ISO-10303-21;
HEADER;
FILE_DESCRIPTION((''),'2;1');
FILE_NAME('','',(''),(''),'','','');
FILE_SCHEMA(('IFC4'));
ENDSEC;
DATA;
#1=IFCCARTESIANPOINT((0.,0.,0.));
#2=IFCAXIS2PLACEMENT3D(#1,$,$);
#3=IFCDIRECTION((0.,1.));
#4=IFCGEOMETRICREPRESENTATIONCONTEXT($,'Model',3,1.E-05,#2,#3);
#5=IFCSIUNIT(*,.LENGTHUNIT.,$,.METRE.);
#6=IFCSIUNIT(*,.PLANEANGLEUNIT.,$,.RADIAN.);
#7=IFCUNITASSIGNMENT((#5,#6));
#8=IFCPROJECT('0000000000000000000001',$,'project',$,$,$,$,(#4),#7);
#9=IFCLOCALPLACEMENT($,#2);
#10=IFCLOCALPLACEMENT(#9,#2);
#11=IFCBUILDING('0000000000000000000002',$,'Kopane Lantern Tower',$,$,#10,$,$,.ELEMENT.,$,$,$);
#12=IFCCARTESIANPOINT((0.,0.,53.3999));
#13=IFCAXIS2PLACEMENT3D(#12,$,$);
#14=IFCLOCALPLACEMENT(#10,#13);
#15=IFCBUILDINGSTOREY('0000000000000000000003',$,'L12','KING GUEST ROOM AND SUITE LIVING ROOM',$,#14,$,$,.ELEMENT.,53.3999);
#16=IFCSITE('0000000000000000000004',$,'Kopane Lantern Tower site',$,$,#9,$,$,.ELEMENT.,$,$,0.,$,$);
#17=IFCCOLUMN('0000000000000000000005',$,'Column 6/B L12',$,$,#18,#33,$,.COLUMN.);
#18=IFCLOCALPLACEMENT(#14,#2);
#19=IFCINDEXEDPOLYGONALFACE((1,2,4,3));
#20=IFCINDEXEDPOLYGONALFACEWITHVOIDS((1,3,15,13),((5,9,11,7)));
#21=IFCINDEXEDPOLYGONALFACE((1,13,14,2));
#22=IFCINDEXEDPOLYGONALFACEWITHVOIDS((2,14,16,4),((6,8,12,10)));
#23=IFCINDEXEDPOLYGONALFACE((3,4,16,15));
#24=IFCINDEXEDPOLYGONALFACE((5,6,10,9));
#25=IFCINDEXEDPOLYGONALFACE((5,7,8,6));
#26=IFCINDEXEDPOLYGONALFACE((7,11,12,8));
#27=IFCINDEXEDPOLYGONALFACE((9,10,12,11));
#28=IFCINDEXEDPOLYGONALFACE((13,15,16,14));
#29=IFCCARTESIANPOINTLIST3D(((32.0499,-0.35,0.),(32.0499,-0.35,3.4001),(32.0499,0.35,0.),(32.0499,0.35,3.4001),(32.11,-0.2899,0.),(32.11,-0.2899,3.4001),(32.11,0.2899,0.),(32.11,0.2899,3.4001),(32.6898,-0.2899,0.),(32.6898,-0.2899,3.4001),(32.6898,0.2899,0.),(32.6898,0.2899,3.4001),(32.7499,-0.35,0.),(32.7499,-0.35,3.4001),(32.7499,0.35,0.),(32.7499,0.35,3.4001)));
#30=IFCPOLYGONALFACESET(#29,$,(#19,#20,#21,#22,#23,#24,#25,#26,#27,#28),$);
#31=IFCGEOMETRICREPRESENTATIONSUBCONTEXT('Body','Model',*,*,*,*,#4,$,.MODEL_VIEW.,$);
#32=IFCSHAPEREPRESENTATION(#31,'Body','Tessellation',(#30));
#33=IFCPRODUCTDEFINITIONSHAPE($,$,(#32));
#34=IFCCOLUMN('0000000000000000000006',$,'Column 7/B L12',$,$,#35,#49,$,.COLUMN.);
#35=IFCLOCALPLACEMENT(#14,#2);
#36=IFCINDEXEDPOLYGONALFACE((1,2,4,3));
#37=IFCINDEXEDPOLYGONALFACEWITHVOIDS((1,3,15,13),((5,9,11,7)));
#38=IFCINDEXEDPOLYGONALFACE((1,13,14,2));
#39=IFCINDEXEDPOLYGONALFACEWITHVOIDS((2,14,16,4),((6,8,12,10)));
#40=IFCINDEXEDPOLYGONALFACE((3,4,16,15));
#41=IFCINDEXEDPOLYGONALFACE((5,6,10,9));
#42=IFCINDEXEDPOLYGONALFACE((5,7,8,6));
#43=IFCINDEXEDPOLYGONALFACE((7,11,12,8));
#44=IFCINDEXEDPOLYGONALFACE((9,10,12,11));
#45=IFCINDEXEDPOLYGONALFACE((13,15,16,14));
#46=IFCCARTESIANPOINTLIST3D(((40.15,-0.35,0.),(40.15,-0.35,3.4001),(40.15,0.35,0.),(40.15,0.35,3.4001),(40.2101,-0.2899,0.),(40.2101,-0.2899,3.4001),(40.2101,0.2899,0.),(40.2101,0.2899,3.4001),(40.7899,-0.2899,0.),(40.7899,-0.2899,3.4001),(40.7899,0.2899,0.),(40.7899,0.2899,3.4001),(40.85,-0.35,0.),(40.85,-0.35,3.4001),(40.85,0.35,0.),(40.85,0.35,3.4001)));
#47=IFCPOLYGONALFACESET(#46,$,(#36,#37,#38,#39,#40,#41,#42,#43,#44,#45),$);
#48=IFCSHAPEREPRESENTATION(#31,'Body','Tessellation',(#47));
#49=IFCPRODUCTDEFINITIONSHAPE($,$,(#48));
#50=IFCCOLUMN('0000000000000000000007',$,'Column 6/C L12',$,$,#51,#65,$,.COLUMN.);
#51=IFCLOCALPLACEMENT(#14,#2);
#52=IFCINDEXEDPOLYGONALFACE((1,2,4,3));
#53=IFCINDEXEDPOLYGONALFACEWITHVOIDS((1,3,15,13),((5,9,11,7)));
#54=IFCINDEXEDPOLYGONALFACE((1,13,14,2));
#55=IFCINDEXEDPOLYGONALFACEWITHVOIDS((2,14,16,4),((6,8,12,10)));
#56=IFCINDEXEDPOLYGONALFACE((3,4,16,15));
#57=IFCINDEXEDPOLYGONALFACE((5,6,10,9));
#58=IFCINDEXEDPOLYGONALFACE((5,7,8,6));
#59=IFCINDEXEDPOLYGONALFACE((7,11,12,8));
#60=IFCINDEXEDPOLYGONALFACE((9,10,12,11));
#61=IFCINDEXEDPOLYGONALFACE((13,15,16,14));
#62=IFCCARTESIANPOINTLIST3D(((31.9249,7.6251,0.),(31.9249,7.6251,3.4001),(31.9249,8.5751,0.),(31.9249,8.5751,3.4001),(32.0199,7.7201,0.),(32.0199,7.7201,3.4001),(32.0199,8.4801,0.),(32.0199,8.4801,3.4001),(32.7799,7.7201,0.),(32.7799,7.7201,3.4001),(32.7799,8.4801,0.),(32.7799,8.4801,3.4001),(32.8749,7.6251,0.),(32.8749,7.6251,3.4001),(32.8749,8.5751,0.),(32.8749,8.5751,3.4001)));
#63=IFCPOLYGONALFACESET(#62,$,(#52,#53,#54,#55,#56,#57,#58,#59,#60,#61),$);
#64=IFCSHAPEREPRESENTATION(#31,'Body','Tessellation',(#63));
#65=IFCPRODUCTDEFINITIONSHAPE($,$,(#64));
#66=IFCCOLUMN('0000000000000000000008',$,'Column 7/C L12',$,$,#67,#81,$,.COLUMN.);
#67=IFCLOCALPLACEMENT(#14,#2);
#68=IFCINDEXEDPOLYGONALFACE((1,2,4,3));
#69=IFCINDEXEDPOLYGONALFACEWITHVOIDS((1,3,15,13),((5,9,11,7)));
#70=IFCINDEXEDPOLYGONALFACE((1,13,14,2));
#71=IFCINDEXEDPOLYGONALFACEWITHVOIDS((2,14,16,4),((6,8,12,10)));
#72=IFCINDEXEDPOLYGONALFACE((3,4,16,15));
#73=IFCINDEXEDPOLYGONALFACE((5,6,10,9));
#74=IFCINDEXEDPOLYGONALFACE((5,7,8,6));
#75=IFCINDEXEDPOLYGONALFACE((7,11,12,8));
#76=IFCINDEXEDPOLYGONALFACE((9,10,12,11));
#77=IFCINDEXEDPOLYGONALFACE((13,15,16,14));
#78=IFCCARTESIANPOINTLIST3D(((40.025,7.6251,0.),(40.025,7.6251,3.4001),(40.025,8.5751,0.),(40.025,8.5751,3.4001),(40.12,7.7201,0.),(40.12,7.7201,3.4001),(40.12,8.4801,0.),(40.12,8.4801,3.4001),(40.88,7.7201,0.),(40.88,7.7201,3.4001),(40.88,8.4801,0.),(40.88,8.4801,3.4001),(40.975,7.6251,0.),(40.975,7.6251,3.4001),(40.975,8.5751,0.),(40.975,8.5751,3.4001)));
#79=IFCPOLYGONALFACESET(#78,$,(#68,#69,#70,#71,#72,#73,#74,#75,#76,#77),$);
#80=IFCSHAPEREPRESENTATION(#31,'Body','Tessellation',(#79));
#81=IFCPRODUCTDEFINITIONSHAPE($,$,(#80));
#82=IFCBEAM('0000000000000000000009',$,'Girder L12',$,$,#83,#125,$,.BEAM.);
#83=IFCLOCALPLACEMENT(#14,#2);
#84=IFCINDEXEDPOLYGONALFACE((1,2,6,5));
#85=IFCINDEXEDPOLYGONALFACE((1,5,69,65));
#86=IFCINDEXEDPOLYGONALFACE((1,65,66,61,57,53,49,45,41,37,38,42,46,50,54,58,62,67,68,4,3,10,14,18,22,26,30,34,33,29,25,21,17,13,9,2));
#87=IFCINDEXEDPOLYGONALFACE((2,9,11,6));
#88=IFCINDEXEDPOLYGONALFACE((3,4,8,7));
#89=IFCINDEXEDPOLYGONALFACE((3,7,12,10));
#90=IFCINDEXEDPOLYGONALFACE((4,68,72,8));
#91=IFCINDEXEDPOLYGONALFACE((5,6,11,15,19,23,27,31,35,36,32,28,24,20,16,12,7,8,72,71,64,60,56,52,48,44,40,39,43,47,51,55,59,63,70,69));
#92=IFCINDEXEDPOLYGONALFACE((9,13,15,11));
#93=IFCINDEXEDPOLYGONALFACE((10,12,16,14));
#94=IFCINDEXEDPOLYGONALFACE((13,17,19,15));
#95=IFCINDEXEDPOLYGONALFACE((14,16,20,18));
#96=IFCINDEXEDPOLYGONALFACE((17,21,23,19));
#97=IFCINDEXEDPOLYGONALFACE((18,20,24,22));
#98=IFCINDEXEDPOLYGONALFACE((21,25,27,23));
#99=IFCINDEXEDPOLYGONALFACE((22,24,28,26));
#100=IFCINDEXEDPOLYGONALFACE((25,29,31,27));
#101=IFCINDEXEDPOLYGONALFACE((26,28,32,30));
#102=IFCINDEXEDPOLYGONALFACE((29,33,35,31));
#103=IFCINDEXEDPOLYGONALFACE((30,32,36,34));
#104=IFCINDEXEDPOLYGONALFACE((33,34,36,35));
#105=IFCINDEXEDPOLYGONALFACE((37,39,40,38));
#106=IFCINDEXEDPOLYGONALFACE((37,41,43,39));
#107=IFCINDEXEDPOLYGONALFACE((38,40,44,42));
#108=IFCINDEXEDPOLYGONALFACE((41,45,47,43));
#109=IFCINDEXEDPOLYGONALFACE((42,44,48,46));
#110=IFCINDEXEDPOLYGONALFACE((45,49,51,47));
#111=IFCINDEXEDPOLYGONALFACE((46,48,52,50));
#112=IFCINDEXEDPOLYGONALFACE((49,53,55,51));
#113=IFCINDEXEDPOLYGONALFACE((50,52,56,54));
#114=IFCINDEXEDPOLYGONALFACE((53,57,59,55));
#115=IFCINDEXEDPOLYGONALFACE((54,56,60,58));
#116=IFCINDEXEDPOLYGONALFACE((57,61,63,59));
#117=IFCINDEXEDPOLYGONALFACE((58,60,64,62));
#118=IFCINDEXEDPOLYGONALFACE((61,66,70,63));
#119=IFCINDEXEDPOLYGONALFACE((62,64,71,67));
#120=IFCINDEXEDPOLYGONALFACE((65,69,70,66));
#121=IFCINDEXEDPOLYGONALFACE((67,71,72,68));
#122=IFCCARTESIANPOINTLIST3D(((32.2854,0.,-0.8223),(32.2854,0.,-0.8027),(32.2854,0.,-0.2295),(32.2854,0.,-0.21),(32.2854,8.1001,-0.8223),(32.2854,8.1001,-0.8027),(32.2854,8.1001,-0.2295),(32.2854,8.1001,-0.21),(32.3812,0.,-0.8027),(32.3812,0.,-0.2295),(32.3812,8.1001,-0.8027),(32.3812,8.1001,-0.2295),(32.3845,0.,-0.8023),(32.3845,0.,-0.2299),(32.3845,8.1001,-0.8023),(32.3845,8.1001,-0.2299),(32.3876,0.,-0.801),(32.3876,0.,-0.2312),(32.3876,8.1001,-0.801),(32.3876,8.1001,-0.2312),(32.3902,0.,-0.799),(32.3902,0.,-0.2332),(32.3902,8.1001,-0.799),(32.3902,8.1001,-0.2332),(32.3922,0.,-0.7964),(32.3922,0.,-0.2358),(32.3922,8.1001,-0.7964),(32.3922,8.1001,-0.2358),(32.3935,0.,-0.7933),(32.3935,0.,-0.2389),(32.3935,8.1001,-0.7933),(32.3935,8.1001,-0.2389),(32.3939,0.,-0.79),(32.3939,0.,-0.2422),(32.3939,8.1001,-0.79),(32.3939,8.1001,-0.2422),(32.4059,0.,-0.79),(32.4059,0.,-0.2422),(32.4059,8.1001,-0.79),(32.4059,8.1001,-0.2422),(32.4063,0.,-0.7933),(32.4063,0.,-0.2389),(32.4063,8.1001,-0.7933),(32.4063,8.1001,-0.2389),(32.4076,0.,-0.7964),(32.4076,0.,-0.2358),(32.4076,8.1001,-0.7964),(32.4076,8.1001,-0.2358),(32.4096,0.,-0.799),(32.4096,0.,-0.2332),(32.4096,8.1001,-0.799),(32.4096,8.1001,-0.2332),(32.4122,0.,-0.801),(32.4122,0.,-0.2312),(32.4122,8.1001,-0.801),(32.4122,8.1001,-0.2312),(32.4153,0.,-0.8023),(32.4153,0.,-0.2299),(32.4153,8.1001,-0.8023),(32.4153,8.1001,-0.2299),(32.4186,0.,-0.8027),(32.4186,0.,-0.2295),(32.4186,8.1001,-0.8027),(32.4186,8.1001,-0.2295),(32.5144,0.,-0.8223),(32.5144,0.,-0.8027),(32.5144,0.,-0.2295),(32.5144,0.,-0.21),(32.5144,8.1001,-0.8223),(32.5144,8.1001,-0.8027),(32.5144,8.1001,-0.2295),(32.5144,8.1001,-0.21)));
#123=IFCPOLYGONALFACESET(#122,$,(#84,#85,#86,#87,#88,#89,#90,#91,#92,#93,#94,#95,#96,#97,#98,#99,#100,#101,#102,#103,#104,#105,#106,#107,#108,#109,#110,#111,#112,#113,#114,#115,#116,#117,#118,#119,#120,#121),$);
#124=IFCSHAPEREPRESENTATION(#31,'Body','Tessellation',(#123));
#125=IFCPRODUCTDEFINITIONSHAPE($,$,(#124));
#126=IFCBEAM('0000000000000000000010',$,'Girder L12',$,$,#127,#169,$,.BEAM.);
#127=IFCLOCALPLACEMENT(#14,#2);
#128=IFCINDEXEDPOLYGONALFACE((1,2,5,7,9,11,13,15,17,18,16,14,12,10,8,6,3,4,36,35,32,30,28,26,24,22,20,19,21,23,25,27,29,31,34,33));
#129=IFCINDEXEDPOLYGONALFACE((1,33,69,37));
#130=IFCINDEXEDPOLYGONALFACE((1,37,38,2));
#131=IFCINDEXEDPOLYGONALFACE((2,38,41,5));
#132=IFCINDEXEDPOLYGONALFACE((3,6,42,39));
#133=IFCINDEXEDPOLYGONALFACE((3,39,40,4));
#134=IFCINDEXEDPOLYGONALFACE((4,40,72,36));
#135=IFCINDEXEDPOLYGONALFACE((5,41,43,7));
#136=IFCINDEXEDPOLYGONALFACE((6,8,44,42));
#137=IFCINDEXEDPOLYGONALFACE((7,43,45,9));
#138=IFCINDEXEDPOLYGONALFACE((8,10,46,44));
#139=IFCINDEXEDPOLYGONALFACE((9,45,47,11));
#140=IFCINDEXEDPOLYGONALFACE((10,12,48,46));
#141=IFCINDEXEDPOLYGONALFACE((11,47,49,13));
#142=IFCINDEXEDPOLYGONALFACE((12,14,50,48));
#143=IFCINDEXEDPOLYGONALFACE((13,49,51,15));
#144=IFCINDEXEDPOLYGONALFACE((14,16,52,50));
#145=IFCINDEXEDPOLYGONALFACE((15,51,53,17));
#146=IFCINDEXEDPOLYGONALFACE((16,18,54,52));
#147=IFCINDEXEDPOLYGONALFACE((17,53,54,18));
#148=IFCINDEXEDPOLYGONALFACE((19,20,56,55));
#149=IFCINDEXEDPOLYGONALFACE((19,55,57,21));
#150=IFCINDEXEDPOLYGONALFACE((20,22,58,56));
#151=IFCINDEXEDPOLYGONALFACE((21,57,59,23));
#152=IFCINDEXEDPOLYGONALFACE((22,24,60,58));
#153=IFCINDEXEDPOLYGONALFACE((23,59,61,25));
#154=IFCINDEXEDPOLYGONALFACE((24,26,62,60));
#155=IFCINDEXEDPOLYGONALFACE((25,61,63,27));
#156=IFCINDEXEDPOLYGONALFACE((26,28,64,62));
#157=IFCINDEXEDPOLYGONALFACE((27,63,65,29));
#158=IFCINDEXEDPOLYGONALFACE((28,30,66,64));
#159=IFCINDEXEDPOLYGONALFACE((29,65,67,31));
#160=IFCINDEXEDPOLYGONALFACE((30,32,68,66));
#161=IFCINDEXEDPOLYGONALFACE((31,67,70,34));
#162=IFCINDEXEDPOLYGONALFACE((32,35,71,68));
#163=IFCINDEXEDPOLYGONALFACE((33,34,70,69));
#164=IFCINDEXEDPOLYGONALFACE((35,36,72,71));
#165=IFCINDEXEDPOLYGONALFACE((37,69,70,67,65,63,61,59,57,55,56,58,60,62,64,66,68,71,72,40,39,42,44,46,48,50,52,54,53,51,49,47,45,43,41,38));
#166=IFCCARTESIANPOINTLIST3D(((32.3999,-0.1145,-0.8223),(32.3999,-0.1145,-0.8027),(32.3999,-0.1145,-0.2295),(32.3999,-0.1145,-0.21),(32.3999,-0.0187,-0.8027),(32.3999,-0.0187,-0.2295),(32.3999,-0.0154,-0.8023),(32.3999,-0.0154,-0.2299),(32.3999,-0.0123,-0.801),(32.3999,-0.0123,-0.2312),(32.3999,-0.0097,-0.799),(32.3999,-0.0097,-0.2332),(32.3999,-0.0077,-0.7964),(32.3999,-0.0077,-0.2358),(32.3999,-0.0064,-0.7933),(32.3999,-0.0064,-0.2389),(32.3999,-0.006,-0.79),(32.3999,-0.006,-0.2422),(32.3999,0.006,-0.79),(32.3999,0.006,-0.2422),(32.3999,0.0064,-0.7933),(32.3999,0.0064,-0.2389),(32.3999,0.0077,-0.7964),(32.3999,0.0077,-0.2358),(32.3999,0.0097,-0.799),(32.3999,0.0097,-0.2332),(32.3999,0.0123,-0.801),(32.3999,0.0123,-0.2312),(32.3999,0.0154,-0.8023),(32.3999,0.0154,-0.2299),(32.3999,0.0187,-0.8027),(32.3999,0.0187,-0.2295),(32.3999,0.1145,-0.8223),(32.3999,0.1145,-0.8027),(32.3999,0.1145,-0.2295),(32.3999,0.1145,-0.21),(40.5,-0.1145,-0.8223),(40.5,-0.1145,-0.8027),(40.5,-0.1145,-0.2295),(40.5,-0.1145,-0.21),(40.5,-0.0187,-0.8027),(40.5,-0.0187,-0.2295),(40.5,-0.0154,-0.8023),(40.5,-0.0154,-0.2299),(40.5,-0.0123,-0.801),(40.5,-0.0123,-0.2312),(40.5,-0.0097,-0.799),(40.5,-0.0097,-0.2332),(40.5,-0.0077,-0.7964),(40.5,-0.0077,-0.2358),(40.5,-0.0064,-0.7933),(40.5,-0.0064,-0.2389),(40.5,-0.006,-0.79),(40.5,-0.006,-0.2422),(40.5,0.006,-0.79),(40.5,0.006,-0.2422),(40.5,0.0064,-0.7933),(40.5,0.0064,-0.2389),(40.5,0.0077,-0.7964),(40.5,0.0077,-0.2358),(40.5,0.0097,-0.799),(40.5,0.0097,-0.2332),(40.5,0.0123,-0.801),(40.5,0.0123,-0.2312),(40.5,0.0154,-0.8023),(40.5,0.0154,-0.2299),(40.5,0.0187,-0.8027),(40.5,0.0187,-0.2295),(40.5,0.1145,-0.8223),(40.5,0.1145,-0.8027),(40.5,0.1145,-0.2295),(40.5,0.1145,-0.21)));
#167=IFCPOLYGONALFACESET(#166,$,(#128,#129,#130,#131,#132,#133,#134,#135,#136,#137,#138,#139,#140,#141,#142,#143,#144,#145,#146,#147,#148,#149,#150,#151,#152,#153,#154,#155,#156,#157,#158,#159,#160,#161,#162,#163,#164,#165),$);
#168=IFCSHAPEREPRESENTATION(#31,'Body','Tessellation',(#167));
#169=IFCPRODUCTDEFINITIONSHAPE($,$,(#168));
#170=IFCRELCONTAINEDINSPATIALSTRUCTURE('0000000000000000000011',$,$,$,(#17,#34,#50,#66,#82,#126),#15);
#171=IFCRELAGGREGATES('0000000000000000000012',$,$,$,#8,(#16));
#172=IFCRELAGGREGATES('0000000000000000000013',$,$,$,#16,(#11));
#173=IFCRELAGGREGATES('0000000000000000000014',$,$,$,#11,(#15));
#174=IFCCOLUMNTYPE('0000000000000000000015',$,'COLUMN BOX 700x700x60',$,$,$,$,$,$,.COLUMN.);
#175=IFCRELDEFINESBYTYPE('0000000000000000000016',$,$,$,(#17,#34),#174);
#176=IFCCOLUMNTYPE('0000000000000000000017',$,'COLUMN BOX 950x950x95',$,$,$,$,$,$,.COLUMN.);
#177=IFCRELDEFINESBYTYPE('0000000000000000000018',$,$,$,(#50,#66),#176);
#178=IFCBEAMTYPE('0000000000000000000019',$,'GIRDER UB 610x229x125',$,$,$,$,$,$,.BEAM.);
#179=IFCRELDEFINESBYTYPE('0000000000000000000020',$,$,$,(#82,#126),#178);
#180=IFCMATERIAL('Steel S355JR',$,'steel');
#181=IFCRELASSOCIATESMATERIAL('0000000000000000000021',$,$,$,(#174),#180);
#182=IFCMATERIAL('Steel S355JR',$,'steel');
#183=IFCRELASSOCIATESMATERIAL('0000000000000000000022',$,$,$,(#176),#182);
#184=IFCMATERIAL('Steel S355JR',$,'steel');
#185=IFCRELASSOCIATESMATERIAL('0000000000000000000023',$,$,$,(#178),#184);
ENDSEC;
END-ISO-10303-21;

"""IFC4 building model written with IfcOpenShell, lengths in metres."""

from ifc_helpers import new_model, si_unit, direction, frame, origin, origin_2d, place, context, subcontext, project, spatial, hollow_rectangle, i_section, extrude, material, material_profile, profile_set, type_object, element, save


model = new_model("IFC4")

# Units and contexts
model_context = context("Model", 3, precision=1e-05, world=origin(), true_north=direction((0.0, 1.0)))
body_context = subcontext(model_context, "Body", "Model", "MODEL_VIEW")
ifc_project = project(units=[si_unit("LENGTHUNIT", "METRE"), si_unit("PLANEANGLEUNIT", "RADIAN")], contexts=[model_context])

# Site, building, storey
site_placement = place(None, origin())
site = spatial("IfcSite", under=ifc_project, at=site_placement, Name="Kopane Lantern Tower site", CompositionType="ELEMENT", RefElevation=0.0)
building_placement = place(site_placement, origin())
building = spatial("IfcBuilding", under=site, at=building_placement, Name="Kopane Lantern Tower", CompositionType="ELEMENT")
storey_placement = place(building_placement, frame((0.0, 0.0, 53.3999)))
storey = spatial("IfcBuildingStorey", under=building, at=storey_placement, Name="L12", Description="KING GUEST ROOM AND SUITE LIVING ROOM", CompositionType="ELEMENT", Elevation=53.3999)

# Columns
ifc_material_1 = material(Name="Steel S355JR", Category="steel")
ifc_material_profile_1 = material_profile(ifc_material_1, hollow_rectangle(XDim=0.7, YDim=0.7, WallThickness=0.0601, at=origin_2d()), Name="BOX 700x700x60")
ifc_profile_set_1 = profile_set([ifc_material_profile_1], Name="Steel S355JR")
column_type_1 = type_object("IfcColumnType", Name="COLUMN BOX 700x700x60", PredefinedType="COLUMN", material=ifc_profile_set_1)
for number, where, z_axis, x_axis, name in (
    (1, (32.3999, 0.0, 0.0), (0.0, 0.0, 1.0), (1.0, 0.0, 0.0), "Column 6/B L12"),
    (2, (40.5, 0.0, 0.0), (0.0, 0.0, 1.0), (1.0, 0.0, 0.0), "Column 7/B L12"),
):
    element("IfcColumn", number, at=place(storey_placement, frame(where, z_axis=z_axis, x_axis=x_axis)), inside=storey, type_object=column_type_1, Name=name, PredefinedType="COLUMN", context=body_context, shape_type="SweptSolid", body=[
        extrude(hollow_rectangle(XDim=0.7, YDim=0.7, WallThickness=0.0601, at=origin_2d()), origin(), (0.0, 0.0, 1.0), 3.4001),
    ])
ifc_material_2 = material(Name="Steel S355JR", Category="steel")
ifc_material_profile_2 = material_profile(ifc_material_2, hollow_rectangle(XDim=0.95, YDim=0.95, WallThickness=0.095, at=origin_2d()), Name="BOX 950x950x95")
ifc_profile_set_2 = profile_set([ifc_material_profile_2], Name="Steel S355JR")
column_type_2 = type_object("IfcColumnType", Name="COLUMN BOX 950x950x95", PredefinedType="COLUMN", material=ifc_profile_set_2)
for number, where, z_axis, x_axis, name in (
    (3, (32.3999, 8.1001, 0.0), (0.0, 0.0, 1.0), (1.0, 0.0, 0.0), "Column 6/C L12"),
    (4, (40.5, 8.1001, 0.0), (0.0, 0.0, 1.0), (1.0, 0.0, 0.0), "Column 7/C L12"),
):
    element("IfcColumn", number, at=place(storey_placement, frame(where, z_axis=z_axis, x_axis=x_axis)), inside=storey, type_object=column_type_2, Name=name, PredefinedType="COLUMN", context=body_context, shape_type="SweptSolid", body=[
        extrude(hollow_rectangle(XDim=0.95, YDim=0.95, WallThickness=0.095, at=origin_2d()), origin(), (0.0, 0.0, 1.0), 3.4001),
    ])

# Beams
ifc_material_3 = material(Name="Steel S355JR", Category="steel")
ifc_material_profile_3 = material_profile(ifc_material_3, i_section(OverallWidth=0.229, OverallDepth=0.6123, WebThickness=0.012, FlangeThickness=0.0195, FilletRadius=0.0127, at=origin_2d()), Name="UB 610x229x125")
ifc_profile_set_3 = profile_set([ifc_material_profile_3], Name="Steel S355JR")
beam_type = type_object("IfcBeamType", Name="GIRDER UB 610x229x125", PredefinedType="BEAM", material=ifc_profile_set_3)
for number, where, z_axis, x_axis, name in (
    (5, (32.3999, 0.0, -0.5161), (0.0, 1.0, 0.0), (-1.0, 0.0, 0.0), "Girder L12"),
    (6, (32.3999, 0.0, -0.5161), (1.0, 0.0, 0.0), (0.0, 1.0, 0.0), "Girder L12"),
):
    element("IfcBeam", number, at=place(storey_placement, frame(where, z_axis=z_axis, x_axis=x_axis)), inside=storey, type_object=beam_type, Name=name, PredefinedType="BEAM", context=body_context, shape_type="SweptSolid", body=[
        extrude(i_section(OverallWidth=0.229, OverallDepth=0.6123, WebThickness=0.012, FlangeThickness=0.0195, FilletRadius=0.0127, at=origin_2d()), origin(), (0.0, 0.0, 1.0), 8.1001),
    ])

save(model, "model.ifc")
